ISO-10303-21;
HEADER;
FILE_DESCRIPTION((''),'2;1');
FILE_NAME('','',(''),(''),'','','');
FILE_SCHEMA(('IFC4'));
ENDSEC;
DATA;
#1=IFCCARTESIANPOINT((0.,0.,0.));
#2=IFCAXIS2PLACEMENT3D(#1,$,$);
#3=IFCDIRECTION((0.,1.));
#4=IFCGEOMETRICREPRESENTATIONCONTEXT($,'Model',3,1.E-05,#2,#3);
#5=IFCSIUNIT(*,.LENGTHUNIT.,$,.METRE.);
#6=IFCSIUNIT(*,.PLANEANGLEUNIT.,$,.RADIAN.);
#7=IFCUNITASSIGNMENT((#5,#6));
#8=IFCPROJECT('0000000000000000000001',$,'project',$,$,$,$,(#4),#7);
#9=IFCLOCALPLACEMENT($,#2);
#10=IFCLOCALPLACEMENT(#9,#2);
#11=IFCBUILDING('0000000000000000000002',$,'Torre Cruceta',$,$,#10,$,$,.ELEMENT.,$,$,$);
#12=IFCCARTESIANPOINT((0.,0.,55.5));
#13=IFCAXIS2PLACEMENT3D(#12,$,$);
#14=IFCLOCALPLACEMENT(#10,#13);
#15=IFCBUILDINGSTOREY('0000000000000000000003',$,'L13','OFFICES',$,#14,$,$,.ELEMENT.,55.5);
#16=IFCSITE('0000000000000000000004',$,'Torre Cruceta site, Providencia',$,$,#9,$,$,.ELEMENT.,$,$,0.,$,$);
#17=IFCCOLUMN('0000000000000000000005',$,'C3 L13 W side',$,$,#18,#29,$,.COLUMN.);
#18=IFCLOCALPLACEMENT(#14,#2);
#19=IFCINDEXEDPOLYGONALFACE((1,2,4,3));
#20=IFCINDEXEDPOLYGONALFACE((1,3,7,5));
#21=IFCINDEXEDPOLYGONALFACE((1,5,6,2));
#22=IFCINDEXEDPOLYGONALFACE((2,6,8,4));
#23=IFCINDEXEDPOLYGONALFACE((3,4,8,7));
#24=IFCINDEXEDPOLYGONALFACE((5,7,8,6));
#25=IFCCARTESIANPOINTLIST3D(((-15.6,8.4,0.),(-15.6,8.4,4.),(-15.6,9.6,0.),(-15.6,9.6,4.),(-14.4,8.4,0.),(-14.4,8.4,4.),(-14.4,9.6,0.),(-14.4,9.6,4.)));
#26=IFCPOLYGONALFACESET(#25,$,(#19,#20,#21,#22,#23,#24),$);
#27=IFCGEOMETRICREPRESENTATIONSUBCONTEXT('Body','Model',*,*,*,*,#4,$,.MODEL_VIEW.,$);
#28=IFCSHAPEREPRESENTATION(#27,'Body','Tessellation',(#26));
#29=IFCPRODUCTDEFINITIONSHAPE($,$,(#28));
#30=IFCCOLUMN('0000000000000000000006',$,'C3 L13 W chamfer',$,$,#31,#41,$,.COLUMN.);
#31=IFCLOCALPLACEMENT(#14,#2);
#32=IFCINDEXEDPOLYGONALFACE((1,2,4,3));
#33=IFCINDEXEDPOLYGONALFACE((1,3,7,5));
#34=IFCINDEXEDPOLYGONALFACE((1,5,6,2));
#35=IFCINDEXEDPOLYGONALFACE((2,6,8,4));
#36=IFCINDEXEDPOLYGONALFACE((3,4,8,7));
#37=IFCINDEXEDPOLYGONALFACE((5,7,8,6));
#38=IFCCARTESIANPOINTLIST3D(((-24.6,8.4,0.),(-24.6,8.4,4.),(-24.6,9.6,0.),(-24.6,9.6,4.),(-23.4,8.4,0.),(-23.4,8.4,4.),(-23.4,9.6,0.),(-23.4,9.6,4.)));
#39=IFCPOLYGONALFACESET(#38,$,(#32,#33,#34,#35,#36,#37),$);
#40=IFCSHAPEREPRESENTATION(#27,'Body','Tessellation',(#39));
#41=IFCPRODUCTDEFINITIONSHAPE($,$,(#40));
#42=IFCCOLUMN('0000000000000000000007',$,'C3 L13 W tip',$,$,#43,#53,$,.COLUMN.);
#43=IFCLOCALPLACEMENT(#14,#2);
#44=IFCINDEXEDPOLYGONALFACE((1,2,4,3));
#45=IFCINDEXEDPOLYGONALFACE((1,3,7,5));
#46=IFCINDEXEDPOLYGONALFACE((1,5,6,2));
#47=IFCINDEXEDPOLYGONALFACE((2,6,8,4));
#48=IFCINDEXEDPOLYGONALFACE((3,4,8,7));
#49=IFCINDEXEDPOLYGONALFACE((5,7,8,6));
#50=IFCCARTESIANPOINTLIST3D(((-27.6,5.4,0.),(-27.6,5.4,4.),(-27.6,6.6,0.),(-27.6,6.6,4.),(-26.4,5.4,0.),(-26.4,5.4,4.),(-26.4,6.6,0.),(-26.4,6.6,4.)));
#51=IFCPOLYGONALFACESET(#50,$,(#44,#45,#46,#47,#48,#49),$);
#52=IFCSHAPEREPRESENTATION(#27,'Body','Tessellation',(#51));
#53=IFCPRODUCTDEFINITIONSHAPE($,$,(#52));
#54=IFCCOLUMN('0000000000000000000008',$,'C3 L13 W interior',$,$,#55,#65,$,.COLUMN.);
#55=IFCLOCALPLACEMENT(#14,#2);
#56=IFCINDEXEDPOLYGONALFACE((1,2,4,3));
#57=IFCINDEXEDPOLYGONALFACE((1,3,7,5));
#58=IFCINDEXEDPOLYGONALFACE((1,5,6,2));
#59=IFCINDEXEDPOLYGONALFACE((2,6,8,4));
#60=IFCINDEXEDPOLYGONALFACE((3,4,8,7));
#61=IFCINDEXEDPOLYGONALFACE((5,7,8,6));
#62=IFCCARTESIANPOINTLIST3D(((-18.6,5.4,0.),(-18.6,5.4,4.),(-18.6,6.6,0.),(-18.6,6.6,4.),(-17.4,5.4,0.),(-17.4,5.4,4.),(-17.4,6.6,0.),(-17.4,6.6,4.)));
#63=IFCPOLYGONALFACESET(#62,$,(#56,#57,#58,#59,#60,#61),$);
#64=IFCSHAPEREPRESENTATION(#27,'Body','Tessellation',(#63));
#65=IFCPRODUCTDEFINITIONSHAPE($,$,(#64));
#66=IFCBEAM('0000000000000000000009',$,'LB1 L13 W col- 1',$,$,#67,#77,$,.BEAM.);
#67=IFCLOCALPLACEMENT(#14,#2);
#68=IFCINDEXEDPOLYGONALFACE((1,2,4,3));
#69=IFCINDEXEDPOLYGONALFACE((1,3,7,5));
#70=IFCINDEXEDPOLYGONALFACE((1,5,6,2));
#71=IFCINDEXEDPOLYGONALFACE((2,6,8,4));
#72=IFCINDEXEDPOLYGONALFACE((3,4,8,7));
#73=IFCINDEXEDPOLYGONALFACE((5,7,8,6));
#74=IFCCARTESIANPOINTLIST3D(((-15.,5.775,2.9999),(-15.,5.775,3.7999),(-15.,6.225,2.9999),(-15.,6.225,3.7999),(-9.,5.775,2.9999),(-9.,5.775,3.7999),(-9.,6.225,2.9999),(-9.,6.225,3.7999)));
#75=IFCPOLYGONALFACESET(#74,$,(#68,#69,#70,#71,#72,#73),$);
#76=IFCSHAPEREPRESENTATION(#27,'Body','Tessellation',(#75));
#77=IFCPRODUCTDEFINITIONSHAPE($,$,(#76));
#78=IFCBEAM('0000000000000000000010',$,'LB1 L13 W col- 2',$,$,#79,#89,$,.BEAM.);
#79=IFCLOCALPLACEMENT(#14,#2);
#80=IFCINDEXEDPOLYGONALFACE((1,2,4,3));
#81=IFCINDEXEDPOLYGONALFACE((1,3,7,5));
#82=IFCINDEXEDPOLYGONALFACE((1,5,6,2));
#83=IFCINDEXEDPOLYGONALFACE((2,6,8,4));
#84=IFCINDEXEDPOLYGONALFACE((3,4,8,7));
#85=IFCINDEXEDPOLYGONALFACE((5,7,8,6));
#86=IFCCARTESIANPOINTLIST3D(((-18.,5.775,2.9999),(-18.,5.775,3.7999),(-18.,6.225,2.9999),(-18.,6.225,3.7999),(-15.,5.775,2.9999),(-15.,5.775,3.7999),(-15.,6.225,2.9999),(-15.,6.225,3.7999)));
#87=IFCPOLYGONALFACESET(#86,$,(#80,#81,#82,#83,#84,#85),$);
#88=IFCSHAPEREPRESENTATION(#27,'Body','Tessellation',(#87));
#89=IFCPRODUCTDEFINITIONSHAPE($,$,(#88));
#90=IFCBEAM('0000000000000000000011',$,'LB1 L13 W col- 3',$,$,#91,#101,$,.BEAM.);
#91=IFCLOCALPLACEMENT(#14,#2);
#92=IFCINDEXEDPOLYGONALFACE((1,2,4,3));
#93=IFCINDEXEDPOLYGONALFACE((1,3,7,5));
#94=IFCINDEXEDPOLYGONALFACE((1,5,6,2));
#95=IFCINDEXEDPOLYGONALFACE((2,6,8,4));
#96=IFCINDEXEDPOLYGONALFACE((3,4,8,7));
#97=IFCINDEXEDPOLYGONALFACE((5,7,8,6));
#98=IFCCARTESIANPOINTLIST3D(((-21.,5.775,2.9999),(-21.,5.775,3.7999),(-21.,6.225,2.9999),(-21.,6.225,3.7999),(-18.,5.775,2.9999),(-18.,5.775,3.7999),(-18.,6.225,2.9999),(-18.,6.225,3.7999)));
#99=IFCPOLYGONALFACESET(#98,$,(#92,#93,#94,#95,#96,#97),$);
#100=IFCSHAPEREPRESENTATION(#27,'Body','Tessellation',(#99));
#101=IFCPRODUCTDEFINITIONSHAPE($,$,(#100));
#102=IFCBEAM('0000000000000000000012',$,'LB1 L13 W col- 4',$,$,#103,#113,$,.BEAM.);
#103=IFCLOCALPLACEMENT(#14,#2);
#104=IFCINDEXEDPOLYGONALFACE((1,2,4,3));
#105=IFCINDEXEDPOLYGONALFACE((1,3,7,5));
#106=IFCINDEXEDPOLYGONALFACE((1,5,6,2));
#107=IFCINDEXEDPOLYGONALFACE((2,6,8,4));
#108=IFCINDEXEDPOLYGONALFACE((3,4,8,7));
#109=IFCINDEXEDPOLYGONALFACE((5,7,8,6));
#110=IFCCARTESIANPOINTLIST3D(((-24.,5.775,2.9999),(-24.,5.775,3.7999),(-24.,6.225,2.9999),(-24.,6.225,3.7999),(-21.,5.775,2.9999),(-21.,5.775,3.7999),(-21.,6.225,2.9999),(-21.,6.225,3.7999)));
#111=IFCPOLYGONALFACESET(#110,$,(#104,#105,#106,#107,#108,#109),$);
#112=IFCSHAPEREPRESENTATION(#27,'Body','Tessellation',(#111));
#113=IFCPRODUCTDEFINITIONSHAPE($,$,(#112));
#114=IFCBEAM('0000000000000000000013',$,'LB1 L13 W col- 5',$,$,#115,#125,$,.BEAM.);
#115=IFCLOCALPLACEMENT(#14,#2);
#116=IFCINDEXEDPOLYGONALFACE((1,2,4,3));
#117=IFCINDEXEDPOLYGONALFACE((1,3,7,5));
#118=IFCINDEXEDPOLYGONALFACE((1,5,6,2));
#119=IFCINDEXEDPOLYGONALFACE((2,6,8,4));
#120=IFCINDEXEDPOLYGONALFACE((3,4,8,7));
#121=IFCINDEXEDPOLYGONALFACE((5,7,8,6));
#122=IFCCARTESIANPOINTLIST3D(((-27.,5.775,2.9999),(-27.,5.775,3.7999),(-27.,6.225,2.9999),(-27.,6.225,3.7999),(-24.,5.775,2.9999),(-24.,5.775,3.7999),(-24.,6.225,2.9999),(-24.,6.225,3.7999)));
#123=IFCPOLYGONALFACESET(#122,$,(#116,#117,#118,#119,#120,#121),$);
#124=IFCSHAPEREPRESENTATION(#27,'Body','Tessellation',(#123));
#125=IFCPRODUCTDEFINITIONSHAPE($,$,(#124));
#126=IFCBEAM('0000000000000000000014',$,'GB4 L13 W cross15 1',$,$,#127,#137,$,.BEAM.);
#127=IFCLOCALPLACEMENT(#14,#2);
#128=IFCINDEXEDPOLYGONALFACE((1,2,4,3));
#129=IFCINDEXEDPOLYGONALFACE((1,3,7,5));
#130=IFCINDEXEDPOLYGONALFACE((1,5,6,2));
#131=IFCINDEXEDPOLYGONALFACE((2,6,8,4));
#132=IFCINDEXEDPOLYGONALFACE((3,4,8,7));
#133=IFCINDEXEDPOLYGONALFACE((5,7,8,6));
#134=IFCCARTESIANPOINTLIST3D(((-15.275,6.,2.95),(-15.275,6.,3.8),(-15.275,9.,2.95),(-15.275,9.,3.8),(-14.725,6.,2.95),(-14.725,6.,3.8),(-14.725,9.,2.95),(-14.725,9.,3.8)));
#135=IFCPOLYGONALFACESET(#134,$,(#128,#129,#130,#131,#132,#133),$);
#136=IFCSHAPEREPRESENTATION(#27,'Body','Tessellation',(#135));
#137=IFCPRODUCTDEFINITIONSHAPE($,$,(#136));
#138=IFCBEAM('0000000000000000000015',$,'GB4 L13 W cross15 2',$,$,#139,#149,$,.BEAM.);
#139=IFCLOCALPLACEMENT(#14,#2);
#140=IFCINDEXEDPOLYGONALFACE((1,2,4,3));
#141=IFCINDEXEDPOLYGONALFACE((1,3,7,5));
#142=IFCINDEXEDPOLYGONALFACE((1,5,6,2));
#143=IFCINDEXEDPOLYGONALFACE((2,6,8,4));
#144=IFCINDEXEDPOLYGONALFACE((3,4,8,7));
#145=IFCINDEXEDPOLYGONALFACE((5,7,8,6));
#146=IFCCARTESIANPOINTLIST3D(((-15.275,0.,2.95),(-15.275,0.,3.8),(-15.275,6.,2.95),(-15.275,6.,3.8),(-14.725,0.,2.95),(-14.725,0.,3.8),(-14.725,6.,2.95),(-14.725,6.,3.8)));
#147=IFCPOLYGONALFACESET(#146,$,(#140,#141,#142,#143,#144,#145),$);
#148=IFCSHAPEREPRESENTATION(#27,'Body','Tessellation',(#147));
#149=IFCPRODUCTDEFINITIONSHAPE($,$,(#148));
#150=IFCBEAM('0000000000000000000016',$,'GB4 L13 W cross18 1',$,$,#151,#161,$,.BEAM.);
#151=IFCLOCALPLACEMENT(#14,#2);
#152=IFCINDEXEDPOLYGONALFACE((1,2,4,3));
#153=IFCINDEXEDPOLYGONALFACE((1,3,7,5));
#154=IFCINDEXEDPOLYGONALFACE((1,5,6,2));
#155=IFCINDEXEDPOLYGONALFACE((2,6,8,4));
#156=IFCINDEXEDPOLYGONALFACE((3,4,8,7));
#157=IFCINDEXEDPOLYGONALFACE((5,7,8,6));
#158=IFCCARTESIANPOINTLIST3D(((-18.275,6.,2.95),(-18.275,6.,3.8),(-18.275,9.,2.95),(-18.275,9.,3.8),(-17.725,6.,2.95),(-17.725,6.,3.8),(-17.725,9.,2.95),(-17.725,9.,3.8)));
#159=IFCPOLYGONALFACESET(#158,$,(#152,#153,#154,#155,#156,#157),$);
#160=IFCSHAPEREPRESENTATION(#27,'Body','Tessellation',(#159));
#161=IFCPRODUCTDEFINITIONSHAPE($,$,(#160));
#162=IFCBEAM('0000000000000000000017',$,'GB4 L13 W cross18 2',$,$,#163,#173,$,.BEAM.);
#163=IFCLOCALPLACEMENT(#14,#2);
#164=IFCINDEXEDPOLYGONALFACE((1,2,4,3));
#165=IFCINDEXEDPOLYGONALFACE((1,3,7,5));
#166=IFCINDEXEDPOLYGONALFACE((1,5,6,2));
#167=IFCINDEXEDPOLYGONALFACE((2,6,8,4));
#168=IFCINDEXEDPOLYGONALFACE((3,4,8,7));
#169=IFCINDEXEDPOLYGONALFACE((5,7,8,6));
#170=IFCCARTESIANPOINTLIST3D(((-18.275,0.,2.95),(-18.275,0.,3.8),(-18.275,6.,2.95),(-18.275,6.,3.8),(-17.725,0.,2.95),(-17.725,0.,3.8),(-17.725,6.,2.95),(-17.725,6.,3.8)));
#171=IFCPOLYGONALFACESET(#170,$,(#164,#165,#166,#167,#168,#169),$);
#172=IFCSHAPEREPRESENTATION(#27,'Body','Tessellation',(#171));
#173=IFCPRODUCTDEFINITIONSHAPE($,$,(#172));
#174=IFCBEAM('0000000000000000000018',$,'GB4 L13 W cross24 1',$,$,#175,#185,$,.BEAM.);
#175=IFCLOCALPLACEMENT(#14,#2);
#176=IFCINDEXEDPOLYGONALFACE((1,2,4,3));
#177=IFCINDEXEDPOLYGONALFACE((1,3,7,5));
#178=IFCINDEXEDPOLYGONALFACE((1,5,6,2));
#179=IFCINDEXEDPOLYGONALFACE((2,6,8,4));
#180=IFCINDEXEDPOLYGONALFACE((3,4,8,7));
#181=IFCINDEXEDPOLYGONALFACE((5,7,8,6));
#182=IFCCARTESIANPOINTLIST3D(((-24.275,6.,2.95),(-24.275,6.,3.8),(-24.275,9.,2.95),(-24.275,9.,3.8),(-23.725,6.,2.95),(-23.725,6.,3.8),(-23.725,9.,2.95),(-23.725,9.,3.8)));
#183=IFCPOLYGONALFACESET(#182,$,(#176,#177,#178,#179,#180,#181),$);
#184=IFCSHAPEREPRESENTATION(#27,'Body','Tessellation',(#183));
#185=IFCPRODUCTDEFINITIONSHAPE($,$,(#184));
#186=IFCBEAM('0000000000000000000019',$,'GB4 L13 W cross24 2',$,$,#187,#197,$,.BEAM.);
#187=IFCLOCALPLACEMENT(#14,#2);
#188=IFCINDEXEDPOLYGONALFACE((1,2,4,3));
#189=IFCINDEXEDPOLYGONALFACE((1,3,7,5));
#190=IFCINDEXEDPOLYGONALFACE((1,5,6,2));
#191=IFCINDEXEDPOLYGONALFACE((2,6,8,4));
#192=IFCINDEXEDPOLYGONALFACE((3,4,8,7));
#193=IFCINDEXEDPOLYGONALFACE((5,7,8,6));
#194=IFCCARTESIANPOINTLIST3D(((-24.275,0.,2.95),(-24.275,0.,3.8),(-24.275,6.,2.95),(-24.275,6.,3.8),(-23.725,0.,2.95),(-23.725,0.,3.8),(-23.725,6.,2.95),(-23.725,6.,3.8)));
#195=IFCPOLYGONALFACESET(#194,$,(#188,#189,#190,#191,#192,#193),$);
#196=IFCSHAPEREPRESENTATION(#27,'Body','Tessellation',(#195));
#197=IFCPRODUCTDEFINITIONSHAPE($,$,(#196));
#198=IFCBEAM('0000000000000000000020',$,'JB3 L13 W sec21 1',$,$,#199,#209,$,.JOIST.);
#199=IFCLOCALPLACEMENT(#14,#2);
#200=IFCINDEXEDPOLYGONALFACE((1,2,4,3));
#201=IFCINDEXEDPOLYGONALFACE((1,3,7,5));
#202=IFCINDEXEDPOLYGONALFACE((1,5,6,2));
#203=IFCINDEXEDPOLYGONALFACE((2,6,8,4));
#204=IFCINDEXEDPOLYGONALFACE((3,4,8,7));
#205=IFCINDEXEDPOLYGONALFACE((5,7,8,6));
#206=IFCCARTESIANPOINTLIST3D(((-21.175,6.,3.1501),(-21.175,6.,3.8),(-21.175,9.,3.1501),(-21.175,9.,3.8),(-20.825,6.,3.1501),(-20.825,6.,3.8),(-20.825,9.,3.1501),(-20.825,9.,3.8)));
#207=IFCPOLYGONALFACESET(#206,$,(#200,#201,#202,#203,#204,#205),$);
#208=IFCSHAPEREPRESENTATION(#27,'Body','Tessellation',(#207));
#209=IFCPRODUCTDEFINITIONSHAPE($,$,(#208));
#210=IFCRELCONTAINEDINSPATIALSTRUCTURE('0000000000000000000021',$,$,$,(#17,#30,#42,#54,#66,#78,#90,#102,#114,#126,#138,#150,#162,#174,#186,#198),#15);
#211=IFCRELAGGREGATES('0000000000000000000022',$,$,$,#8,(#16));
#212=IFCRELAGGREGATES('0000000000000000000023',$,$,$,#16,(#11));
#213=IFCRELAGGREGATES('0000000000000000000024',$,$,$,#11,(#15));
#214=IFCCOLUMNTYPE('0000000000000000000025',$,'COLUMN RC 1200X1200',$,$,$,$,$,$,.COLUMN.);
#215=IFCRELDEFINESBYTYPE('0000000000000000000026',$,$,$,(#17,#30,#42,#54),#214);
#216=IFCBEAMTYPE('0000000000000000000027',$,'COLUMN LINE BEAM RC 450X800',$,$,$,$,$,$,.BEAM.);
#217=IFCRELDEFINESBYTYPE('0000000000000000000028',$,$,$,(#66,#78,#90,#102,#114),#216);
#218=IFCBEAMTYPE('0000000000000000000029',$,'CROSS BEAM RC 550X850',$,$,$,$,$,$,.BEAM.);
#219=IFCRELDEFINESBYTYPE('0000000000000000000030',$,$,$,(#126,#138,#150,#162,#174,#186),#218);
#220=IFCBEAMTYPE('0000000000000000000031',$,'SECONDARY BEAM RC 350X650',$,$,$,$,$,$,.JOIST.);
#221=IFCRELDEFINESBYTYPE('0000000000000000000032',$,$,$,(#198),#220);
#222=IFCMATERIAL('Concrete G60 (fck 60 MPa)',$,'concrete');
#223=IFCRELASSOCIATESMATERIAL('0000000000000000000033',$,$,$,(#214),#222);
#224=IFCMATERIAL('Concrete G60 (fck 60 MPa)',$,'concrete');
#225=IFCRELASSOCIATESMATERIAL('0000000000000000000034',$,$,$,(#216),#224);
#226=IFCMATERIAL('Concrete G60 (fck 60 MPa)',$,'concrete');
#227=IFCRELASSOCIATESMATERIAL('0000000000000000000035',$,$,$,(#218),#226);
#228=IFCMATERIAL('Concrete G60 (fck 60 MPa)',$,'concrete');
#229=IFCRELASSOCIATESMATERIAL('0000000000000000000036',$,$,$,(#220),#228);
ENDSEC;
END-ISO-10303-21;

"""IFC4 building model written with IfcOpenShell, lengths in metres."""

from ifc_helpers import new_model, si_unit, direction, frame, origin, origin_2d, place, context, subcontext, project, spatial, rectangle, extrude, material, material_profile, profile_set, type_object, element, save


model = new_model("IFC4")

# Units and contexts
model_context = context("Model", 3, precision=1e-05, world=origin(), true_north=direction((0.0, 1.0)))
body_context = subcontext(model_context, "Body", "Model", "MODEL_VIEW")
ifc_project = project(units=[si_unit("LENGTHUNIT", "METRE"), si_unit("PLANEANGLEUNIT", "RADIAN")], contexts=[model_context])

# Site, building, storey
site_placement = place(None, origin())
site = spatial("IfcSite", under=ifc_project, at=site_placement, Name="Torre Cruceta site, Providencia", CompositionType="ELEMENT", RefElevation=0.0)
building_placement = place(site_placement, origin())
building = spatial("IfcBuilding", under=site, at=building_placement, Name="Torre Cruceta", CompositionType="ELEMENT")
storey_placement = place(building_placement, frame((0.0, 0.0, 55.5)))
storey = spatial("IfcBuildingStorey", under=building, at=storey_placement, Name="L13", Description="OFFICES", CompositionType="ELEMENT", Elevation=55.5)

# Columns
ifc_material_1 = material(Name="Concrete G60 (fck 60 MPa)", Category="concrete")
ifc_material_profile_1 = material_profile(ifc_material_1, rectangle(XDim=1.2, YDim=1.2, at=origin_2d()), Name="RC 1200X1200")
ifc_profile_set_1 = profile_set([ifc_material_profile_1], Name="Concrete G60 (fck 60 MPa)")
column_type = type_object("IfcColumnType", Name="COLUMN RC 1200X1200", PredefinedType="COLUMN", material=ifc_profile_set_1)
for number, where, z_axis, x_axis, name in (
    (1, (-15.0, 9.0, 0.0), (0.0, 0.0, 1.0), (1.0, 0.0, 0.0), "C3 L13 W side"),
    (2, (-24.0, 9.0, 0.0), (0.0, 0.0, 1.0), (1.0, 0.0, 0.0), "C3 L13 W chamfer"),
    (3, (-27.0, 6.0, 0.0), (0.0, 0.0, 1.0), (1.0, 0.0, 0.0), "C3 L13 W tip"),
    (4, (-18.0, 6.0, 0.0), (0.0, 0.0, 1.0), (1.0, 0.0, 0.0), "C3 L13 W interior"),
):
    element("IfcColumn", number, at=place(storey_placement, frame(where, z_axis=z_axis, x_axis=x_axis)), inside=storey, type_object=column_type, Name=name, PredefinedType="COLUMN", context=body_context, shape_type="SweptSolid", body=[
        extrude(rectangle(XDim=1.2, YDim=1.2, at=origin_2d()), origin(), (0.0, 0.0, 1.0), 4.0),
    ])

# Beams
ifc_material_2 = material(Name="Concrete G60 (fck 60 MPa)", Category="concrete")
ifc_material_profile_2 = material_profile(ifc_material_2, rectangle(XDim=0.45, YDim=0.8, at=origin_2d()), Name="RC 450X800")
ifc_profile_set_2 = profile_set([ifc_material_profile_2], Name="Concrete G60 (fck 60 MPa)")
beam_type_1 = type_object("IfcBeamType", Name="COLUMN LINE BEAM RC 450X800", PredefinedType="BEAM", material=ifc_profile_set_2)
beam_1_placement = place(storey_placement, frame((-9.0, 6.0, 3.3999), z_axis=(-1.0, 0.0, 0.0), x_axis=(0.0, -1.0, 0.0)))
element("IfcBeam", 5, at=beam_1_placement, inside=storey, type_object=beam_type_1, Name="LB1 L13 W col- 1", PredefinedType="BEAM", context=body_context, shape_type="SweptSolid", body=[
    extrude(rectangle(XDim=0.45, YDim=0.8, at=origin_2d()), origin(), (0.0, 0.0, 1.0), 6.0),
])
for number, where, z_axis, x_axis, name in (
    (6, (-15.0, 6.0, 3.3999), (-1.0, 0.0, 0.0), (0.0, -1.0, 0.0), "LB1 L13 W col- 2"),
    (7, (-18.0, 6.0, 3.3999), (-1.0, 0.0, 0.0), (0.0, -1.0, 0.0), "LB1 L13 W col- 3"),
    (8, (-21.0, 6.0, 3.3999), (-1.0, 0.0, 0.0), (0.0, -1.0, 0.0), "LB1 L13 W col- 4"),
    (9, (-24.0, 6.0, 3.3999), (-1.0, 0.0, 0.0), (0.0, -1.0, 0.0), "LB1 L13 W col- 5"),
):
    element("IfcBeam", number, at=place(storey_placement, frame(where, z_axis=z_axis, x_axis=x_axis)), inside=storey, type_object=beam_type_1, Name=name, PredefinedType="BEAM", context=body_context, shape_type="SweptSolid", body=[
        extrude(rectangle(XDim=0.45, YDim=0.8, at=origin_2d()), origin(), (0.0, 0.0, 1.0), 3.0),
    ])
ifc_material_3 = material(Name="Concrete G60 (fck 60 MPa)", Category="concrete")
ifc_material_profile_3 = material_profile(ifc_material_3, rectangle(XDim=0.55, YDim=0.8501, at=origin_2d()), Name="RC 550X850")
ifc_profile_set_3 = profile_set([ifc_material_profile_3], Name="Concrete G60 (fck 60 MPa)")
beam_type_2 = type_object("IfcBeamType", Name="CROSS BEAM RC 550X850", PredefinedType="BEAM", material=ifc_profile_set_3)
beam_2_placement = place(storey_placement, frame((-15.0, 9.0, 3.375), z_axis=(0.0, -1.0, 0.0), x_axis=(1.0, 0.0, 0.0)))
element("IfcBeam", 10, at=beam_2_placement, inside=storey, type_object=beam_type_2, Name="GB4 L13 W cross15 1", PredefinedType="BEAM", context=body_context, shape_type="SweptSolid", body=[
    extrude(rectangle(XDim=0.55, YDim=0.8501, at=origin_2d()), origin(), (0.0, 0.0, 1.0), 3.0),
])
beam_3_placement = place(storey_placement, frame((-15.0, 6.0, 3.375), z_axis=(0.0, -1.0, 0.0), x_axis=(1.0, 0.0, 0.0)))
element("IfcBeam", 11, at=beam_3_placement, inside=storey, type_object=beam_type_2, Name="GB4 L13 W cross15 2", PredefinedType="BEAM", context=body_context, shape_type="SweptSolid", body=[
    extrude(rectangle(XDim=0.55, YDim=0.8501, at=origin_2d()), origin(), (0.0, 0.0, 1.0), 6.0),
])
beam_4_placement = place(storey_placement, frame((-18.0, 9.0, 3.375), z_axis=(0.0, -1.0, 0.0), x_axis=(1.0, 0.0, 0.0)))
element("IfcBeam", 12, at=beam_4_placement, inside=storey, type_object=beam_type_2, Name="GB4 L13 W cross18 1", PredefinedType="BEAM", context=body_context, shape_type="SweptSolid", body=[
    extrude(rectangle(XDim=0.55, YDim=0.8501, at=origin_2d()), origin(), (0.0, 0.0, 1.0), 3.0),
])
beam_5_placement = place(storey_placement, frame((-18.0, 6.0, 3.375), z_axis=(0.0, -1.0, 0.0), x_axis=(1.0, 0.0, 0.0)))
element("IfcBeam", 13, at=beam_5_placement, inside=storey, type_object=beam_type_2, Name="GB4 L13 W cross18 2", PredefinedType="BEAM", context=body_context, shape_type="SweptSolid", body=[
    extrude(rectangle(XDim=0.55, YDim=0.8501, at=origin_2d()), origin(), (0.0, 0.0, 1.0), 6.0),
])
beam_6_placement = place(storey_placement, frame((-24.0, 9.0, 3.375), z_axis=(0.0, -1.0, 0.0), x_axis=(1.0, 0.0, 0.0)))
element("IfcBeam", 14, at=beam_6_placement, inside=storey, type_object=beam_type_2, Name="GB4 L13 W cross24 1", PredefinedType="BEAM", context=body_context, shape_type="SweptSolid", body=[
    extrude(rectangle(XDim=0.55, YDim=0.8501, at=origin_2d()), origin(), (0.0, 0.0, 1.0), 3.0),
])
beam_7_placement = place(storey_placement, frame((-24.0, 6.0, 3.375), z_axis=(0.0, -1.0, 0.0), x_axis=(1.0, 0.0, 0.0)))
element("IfcBeam", 15, at=beam_7_placement, inside=storey, type_object=beam_type_2, Name="GB4 L13 W cross24 2", PredefinedType="BEAM", context=body_context, shape_type="SweptSolid", body=[
    extrude(rectangle(XDim=0.55, YDim=0.8501, at=origin_2d()), origin(), (0.0, 0.0, 1.0), 6.0),
])
ifc_material_4 = material(Name="Concrete G60 (fck 60 MPa)", Category="concrete")
ifc_material_profile_4 = material_profile(ifc_material_4, rectangle(XDim=0.3501, YDim=0.6499, at=origin_2d()), Name="RC 350X650")
ifc_profile_set_4 = profile_set([ifc_material_profile_4], Name="Concrete G60 (fck 60 MPa)")
beam_type_3 = type_object("IfcBeamType", Name="SECONDARY BEAM RC 350X650", PredefinedType="JOIST", material=ifc_profile_set_4)
beam_8_placement = place(storey_placement, frame((-21.0, 9.0, 3.4751), z_axis=(0.0, -1.0, 0.0), x_axis=(1.0, 0.0, 0.0)))
element("IfcBeam", 16, at=beam_8_placement, inside=storey, type_object=beam_type_3, Name="JB3 L13 W sec21 1", PredefinedType="JOIST", context=body_context, shape_type="SweptSolid", body=[
    extrude(rectangle(XDim=0.3501, YDim=0.6499, at=origin_2d()), origin(), (0.0, 0.0, 1.0), 3.0),
])

save(model, "model.ifc")
